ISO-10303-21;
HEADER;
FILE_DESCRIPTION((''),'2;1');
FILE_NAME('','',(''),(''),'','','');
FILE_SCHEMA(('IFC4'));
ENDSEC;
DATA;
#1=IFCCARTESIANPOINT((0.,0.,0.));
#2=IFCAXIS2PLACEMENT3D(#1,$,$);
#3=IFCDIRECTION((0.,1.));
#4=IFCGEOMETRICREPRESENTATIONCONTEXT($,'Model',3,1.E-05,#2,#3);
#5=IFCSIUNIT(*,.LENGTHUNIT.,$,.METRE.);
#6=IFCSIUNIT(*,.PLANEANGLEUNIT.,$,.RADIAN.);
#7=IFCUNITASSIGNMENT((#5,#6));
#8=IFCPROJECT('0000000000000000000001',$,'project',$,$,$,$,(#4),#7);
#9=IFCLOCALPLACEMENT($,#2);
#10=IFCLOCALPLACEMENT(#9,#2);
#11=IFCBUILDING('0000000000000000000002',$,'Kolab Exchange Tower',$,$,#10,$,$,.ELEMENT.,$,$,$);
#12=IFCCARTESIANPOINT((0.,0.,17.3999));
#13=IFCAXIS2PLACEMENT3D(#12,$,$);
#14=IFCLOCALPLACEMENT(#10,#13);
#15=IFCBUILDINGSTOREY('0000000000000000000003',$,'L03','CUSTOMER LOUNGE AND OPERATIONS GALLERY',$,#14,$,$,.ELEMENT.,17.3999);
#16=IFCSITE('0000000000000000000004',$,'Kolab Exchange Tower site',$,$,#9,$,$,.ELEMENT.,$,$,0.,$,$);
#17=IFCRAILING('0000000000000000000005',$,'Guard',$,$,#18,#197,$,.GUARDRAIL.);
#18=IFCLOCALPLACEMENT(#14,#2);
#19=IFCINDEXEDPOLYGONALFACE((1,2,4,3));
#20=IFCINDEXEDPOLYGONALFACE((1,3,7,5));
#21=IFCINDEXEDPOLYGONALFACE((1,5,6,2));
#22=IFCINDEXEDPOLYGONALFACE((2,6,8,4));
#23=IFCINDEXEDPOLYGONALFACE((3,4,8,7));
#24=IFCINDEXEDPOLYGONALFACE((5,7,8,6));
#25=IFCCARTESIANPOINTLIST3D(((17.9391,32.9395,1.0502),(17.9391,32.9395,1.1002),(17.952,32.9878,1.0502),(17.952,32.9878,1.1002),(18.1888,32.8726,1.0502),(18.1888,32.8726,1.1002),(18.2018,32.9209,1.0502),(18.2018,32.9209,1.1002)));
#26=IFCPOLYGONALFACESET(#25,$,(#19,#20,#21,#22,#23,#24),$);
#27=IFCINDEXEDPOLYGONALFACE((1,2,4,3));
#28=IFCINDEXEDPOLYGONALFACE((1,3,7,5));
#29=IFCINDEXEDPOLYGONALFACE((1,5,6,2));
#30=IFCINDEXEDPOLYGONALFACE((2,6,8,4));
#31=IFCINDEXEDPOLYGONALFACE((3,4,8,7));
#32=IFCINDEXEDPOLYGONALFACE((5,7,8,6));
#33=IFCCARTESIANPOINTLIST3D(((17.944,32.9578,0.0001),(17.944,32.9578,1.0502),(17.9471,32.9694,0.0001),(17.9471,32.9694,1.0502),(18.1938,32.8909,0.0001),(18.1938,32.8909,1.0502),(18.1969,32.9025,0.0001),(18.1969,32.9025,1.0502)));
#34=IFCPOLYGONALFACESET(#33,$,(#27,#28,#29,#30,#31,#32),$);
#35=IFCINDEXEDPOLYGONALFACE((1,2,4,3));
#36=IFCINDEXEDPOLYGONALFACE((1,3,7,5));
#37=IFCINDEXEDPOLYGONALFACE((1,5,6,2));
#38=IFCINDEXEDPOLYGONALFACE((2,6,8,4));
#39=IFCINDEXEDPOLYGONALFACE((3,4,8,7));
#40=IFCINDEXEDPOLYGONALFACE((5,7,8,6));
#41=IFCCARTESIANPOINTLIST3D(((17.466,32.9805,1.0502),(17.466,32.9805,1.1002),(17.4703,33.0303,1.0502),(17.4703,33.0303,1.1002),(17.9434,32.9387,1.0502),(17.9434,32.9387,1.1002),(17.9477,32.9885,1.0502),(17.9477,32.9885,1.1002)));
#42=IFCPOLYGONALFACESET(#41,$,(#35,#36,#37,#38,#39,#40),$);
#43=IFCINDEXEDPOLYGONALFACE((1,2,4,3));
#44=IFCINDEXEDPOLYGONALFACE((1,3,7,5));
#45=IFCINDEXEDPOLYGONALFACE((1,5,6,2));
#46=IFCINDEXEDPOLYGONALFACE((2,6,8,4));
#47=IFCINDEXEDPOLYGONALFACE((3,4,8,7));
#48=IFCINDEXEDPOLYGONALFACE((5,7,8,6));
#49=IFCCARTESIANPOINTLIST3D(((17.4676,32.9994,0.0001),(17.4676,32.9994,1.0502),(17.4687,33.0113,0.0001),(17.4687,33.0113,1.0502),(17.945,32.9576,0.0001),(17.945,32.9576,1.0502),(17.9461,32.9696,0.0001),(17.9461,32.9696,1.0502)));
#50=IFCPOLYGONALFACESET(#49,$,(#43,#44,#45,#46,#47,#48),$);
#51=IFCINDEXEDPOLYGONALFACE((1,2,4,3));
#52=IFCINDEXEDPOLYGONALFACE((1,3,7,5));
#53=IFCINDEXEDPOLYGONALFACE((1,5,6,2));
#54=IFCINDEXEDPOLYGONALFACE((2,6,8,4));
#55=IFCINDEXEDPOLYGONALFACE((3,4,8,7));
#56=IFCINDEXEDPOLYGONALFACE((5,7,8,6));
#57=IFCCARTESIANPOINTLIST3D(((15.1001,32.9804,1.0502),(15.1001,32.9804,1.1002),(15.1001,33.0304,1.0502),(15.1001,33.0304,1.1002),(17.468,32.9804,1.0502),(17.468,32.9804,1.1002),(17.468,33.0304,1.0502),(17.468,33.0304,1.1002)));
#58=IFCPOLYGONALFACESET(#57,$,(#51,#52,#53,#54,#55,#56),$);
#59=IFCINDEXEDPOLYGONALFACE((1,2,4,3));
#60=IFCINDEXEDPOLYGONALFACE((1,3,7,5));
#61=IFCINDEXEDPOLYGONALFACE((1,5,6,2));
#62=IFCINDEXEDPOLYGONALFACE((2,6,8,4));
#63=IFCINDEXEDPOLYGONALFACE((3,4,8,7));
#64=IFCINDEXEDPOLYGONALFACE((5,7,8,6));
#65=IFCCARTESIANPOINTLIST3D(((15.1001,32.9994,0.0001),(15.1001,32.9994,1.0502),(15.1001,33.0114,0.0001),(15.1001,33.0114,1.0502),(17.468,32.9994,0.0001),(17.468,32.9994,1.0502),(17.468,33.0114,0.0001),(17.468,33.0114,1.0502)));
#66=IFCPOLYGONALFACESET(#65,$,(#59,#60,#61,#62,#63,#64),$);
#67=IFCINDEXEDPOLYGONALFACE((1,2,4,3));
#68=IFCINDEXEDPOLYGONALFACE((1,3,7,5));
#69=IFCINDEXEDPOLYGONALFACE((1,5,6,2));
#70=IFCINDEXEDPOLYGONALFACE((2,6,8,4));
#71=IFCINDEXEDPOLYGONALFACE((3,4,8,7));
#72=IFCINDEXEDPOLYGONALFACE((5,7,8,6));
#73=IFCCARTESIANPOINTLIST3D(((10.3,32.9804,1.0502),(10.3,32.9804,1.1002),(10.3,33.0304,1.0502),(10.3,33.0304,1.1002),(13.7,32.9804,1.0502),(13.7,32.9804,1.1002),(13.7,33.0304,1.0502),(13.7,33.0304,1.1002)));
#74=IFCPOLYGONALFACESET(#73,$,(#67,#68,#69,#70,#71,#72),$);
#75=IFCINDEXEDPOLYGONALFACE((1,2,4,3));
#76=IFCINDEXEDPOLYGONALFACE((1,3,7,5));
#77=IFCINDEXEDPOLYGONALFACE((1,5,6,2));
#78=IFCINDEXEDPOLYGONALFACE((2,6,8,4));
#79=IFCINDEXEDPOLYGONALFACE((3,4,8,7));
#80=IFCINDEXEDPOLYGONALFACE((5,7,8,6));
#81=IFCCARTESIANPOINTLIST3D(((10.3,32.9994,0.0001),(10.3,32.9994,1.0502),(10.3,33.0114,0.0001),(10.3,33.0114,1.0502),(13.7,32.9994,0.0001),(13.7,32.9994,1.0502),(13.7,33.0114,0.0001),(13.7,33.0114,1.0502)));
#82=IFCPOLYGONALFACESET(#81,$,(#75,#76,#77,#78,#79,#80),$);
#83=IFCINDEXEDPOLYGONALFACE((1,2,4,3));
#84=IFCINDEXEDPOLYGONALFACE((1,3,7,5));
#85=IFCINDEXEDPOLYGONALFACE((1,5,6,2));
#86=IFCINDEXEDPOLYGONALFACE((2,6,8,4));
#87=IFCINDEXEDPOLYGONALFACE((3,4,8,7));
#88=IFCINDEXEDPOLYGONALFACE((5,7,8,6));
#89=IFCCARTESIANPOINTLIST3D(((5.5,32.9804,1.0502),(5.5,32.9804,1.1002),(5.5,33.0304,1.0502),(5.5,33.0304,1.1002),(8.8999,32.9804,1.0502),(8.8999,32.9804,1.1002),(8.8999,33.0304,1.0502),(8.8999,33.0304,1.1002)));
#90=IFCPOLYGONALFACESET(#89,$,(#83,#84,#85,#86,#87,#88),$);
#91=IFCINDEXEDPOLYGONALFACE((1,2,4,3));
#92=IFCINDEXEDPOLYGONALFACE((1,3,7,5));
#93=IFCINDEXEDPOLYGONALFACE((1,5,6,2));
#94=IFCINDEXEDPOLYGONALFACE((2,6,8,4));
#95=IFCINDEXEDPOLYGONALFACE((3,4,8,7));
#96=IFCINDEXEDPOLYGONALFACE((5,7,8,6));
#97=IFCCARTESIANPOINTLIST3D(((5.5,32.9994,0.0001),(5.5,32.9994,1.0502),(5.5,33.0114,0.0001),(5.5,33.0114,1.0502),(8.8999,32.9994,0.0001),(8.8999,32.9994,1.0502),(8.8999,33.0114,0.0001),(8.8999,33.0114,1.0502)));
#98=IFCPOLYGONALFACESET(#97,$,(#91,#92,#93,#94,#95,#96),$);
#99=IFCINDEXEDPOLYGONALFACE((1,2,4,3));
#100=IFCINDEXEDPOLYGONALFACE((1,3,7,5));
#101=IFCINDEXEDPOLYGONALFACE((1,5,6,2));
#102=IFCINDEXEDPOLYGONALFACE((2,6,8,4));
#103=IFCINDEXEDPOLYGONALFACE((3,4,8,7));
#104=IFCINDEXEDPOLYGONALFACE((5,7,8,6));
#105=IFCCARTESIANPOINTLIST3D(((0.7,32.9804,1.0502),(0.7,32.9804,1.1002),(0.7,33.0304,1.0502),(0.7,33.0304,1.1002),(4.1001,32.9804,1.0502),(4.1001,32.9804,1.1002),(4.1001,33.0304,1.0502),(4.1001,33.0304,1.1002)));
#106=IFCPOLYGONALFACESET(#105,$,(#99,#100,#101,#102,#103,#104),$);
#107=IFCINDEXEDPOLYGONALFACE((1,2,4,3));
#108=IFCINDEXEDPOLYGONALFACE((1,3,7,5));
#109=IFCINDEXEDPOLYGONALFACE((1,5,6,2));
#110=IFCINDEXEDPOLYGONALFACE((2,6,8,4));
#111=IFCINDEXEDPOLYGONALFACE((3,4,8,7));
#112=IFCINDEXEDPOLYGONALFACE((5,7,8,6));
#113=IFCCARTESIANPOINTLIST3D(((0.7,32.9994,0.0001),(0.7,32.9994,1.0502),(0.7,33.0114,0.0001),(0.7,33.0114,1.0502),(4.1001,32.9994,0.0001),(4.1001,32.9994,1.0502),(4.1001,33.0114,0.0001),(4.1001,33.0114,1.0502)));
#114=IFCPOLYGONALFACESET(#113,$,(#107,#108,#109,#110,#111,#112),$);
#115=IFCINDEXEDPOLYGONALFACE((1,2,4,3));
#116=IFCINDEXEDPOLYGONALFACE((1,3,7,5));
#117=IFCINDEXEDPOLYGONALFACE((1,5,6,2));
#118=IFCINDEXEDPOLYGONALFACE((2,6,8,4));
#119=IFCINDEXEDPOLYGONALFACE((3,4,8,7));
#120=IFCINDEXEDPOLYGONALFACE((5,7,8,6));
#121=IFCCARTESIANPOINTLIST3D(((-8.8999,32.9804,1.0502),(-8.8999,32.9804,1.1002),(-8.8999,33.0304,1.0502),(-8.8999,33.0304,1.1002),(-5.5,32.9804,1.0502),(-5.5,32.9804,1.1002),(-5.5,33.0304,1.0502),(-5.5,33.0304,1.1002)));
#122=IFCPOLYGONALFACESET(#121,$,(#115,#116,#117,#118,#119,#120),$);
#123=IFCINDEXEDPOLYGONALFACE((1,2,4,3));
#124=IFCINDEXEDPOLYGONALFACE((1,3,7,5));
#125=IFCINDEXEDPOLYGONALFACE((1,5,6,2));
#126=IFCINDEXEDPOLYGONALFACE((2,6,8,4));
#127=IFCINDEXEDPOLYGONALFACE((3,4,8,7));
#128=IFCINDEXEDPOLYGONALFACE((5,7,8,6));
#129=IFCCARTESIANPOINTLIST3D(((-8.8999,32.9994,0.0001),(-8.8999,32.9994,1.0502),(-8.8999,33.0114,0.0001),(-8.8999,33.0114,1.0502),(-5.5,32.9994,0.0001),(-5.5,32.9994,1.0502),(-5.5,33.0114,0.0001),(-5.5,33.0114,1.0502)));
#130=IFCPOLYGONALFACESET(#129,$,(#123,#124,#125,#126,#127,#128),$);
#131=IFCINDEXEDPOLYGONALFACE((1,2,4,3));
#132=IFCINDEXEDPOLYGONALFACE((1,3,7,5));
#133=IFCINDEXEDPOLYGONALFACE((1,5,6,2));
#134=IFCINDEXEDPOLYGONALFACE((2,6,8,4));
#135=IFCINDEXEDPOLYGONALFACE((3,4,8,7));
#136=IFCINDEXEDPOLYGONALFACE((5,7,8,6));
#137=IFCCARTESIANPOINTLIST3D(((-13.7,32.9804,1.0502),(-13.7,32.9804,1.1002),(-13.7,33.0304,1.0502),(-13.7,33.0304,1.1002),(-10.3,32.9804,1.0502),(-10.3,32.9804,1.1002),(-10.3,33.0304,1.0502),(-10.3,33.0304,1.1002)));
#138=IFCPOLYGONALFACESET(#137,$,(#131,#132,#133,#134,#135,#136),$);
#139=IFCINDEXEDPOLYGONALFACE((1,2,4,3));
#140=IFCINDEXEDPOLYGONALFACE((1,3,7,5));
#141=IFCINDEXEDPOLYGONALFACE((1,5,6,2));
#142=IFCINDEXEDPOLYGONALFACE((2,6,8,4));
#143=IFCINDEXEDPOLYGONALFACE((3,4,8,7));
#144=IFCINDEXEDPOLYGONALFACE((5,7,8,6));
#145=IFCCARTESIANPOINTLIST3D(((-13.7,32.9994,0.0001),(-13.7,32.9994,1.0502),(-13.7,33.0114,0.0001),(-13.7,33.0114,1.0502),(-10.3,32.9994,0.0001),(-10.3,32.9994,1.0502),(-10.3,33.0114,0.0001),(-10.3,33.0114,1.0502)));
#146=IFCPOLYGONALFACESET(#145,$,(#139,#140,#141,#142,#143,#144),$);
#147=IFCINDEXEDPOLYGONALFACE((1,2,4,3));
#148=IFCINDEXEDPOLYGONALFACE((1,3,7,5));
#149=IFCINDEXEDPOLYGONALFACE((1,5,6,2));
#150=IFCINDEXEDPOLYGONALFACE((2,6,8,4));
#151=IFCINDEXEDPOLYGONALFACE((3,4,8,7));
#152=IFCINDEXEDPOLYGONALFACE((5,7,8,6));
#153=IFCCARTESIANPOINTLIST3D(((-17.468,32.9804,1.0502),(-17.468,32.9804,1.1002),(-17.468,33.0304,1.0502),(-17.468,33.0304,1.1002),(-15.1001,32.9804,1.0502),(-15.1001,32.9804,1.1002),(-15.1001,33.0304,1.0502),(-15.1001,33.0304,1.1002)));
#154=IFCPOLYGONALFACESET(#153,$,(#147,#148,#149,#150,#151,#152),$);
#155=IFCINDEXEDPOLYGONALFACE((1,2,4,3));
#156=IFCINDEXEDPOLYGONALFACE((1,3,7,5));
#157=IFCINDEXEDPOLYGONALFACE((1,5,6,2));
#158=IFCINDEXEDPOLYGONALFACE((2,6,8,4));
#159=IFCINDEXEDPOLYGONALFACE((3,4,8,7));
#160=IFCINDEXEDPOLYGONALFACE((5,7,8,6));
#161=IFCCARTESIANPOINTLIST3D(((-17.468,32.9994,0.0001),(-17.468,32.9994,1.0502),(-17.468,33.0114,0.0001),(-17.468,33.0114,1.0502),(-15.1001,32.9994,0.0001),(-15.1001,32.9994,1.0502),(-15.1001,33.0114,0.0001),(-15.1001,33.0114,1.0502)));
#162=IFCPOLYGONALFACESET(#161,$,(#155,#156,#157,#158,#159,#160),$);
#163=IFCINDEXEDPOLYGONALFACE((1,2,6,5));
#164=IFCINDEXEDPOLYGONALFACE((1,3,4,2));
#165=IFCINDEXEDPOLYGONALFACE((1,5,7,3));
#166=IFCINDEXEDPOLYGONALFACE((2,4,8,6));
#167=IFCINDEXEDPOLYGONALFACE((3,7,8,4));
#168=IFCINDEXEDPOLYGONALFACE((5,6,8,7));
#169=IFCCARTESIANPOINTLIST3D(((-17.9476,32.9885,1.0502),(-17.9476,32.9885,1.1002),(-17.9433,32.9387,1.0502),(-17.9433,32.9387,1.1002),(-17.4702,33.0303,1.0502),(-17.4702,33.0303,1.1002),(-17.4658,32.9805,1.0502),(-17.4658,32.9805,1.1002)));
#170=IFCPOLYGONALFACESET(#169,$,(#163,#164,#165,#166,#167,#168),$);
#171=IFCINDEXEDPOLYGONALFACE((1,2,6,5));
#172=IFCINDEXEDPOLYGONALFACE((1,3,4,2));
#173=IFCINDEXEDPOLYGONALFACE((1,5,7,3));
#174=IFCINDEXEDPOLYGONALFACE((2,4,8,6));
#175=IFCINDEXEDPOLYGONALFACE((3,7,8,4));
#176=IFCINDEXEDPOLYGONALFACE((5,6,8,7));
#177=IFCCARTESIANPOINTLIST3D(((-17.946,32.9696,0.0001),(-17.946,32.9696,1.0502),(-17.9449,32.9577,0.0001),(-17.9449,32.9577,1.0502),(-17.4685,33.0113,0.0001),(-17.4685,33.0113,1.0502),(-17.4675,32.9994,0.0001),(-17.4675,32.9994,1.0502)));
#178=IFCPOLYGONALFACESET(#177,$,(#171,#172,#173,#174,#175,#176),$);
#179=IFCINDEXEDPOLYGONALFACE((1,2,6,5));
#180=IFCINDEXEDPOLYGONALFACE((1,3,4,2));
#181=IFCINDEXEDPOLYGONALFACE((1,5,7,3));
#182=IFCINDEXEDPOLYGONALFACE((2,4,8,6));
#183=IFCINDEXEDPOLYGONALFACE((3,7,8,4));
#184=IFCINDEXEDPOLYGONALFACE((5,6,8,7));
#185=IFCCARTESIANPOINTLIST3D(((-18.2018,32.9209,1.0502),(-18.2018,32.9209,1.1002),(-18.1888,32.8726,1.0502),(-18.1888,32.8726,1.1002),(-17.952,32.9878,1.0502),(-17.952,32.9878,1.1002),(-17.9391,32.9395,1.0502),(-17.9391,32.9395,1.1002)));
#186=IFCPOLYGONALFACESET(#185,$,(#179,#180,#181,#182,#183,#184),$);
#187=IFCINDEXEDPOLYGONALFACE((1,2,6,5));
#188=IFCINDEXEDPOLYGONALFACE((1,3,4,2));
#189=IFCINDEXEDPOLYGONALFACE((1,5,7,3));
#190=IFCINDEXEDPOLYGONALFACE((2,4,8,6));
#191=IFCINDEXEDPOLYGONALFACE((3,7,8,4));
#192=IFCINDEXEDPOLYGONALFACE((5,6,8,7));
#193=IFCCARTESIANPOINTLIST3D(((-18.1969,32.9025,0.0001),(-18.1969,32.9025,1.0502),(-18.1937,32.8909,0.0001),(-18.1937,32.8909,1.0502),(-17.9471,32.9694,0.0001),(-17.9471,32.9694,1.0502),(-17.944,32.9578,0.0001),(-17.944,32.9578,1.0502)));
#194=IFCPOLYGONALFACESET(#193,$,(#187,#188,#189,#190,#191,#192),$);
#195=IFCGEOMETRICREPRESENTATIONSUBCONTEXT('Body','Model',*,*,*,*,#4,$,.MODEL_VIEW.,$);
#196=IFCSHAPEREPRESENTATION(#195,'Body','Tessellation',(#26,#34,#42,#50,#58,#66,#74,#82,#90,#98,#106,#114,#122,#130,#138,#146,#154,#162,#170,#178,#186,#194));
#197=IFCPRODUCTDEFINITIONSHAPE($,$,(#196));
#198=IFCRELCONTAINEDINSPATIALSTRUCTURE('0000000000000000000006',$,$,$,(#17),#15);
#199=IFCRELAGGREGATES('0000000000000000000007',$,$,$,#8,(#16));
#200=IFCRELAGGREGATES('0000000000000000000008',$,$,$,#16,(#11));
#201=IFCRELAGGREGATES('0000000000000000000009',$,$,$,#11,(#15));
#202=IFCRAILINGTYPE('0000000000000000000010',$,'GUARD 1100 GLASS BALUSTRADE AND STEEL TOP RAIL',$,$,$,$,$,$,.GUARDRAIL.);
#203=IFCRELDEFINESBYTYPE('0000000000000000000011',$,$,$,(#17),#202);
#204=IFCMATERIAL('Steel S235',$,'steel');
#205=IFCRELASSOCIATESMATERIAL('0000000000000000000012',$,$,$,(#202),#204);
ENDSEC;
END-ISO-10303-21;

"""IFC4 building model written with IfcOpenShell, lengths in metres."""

from ifc_helpers import new_model, si_unit, direction, frame, frame_2d, origin, origin_2d, place, context, subcontext, project, spatial, rectangle, extrude, material, type_object, element, save


model = new_model("IFC4")

# Units and contexts
model_context = context("Model", 3, precision=1e-05, world=origin(), true_north=direction((0.0, 1.0)))
body_context = subcontext(model_context, "Body", "Model", "MODEL_VIEW")
ifc_project = project(units=[si_unit("LENGTHUNIT", "METRE"), si_unit("PLANEANGLEUNIT", "RADIAN")], contexts=[model_context])

# Site, building, storey
site_placement = place(None, origin())
site = spatial("IfcSite", under=ifc_project, at=site_placement, Name="Kolab Exchange Tower site", CompositionType="ELEMENT", RefElevation=0.0)
building_placement = place(site_placement, origin())
building = spatial("IfcBuilding", under=site, at=building_placement, Name="Kolab Exchange Tower", CompositionType="ELEMENT")
storey_placement = place(building_placement, frame((0.0, 0.0, 17.3999)))
storey = spatial("IfcBuildingStorey", under=building, at=storey_placement, Name="L03", Description="CUSTOMER LOUNGE AND OPERATIONS GALLERY", CompositionType="ELEMENT", Elevation=17.3999)

# Railing
ifc_material_1 = material(Name="Steel S235", Category="steel")
railing_type = type_object("IfcRailingType", Name="GUARD 1100 GLASS BALUSTRADE AND STEEL TOP RAIL", PredefinedType="GUARDRAIL", material=ifc_material_1)
railing_placement = place(storey_placement, frame((18.1953, 32.8967, 0.0)))
element("IfcRailing", 1, at=railing_placement, inside=storey, type_object=railing_type, Name="Guard", PredefinedType="GUARDRAIL", context=body_context, shape_type="SweptSolid", body=[
    extrude(rectangle(XDim=0.05, YDim=0.05, at=origin_2d()), frame((0.0, 0.0, 1.0752), z_axis=(-0.965952, 0.25872, 0.0), x_axis=(-0.25872, -0.965952, 0.0)), (0.0, 0.0, 1.0), 0.2585),
    extrude(rectangle(XDim=0.012, YDim=1.0501, at=frame_2d((0.0, 0.5251))), frame((0.0, 0.0, 0.0), z_axis=(-0.965952, 0.25872, 0.0), x_axis=(-0.25872, -0.965952, 0.0)), (0.0, 0.0, 1.0), 0.2585),
    extrude(rectangle(XDim=0.05, YDim=0.05, at=origin_2d()), frame((-0.2498, 0.0669, 1.0752), z_axis=(-0.9962, 0.087091, 0.0), x_axis=(-0.087091, -0.9962, 0.0)), (0.0, 0.0, 1.0), 0.4792),
    extrude(rectangle(XDim=0.012, YDim=1.0501, at=frame_2d((0.0, 0.5251))), frame((-0.2498, 0.0669, 0.0), z_axis=(-0.9962, 0.087091, 0.0), x_axis=(-0.087091, -0.9962, 0.0)), (0.0, 0.0, 1.0), 0.4792),
    extrude(rectangle(XDim=0.05, YDim=0.05, at=origin_2d()), frame((-0.7273, 0.1086, 1.0752), z_axis=(-1.0, 0.0, 0.0), x_axis=(0.0, -1.0, 0.0)), (0.0, 0.0, 1.0), 2.3679),
    extrude(rectangle(XDim=0.012, YDim=1.0501, at=frame_2d((0.0, 0.5251))), frame((-0.7273, 0.1086, 0.0), z_axis=(-1.0, 0.0, 0.0), x_axis=(0.0, -1.0, 0.0)), (0.0, 0.0, 1.0), 2.3679),
    extrude(rectangle(XDim=0.05, YDim=0.05, at=origin_2d()), frame((-4.4954, 0.1086, 1.0752), z_axis=(-1.0, 0.0, 0.0), x_axis=(0.0, -1.0, 0.0)), (0.0, 0.0, 1.0), 3.3999),
    extrude(rectangle(XDim=0.012, YDim=1.0501, at=frame_2d((0.0, 0.5251))), frame((-4.4954, 0.1086, 0.0), z_axis=(-1.0, 0.0, 0.0), x_axis=(0.0, -1.0, 0.0)), (0.0, 0.0, 1.0), 3.3999),
    extrude(rectangle(XDim=0.05, YDim=0.05, at=origin_2d()), frame((-9.2954, 0.1086, 1.0752), z_axis=(-1.0, 0.0, 0.0), x_axis=(0.0, -1.0, 0.0)), (0.0, 0.0, 1.0), 3.3999),
    extrude(rectangle(XDim=0.012, YDim=1.0501, at=frame_2d((0.0, 0.5251))), frame((-9.2954, 0.1086, 0.0), z_axis=(-1.0, 0.0, 0.0), x_axis=(0.0, -1.0, 0.0)), (0.0, 0.0, 1.0), 3.3999),
    extrude(rectangle(XDim=0.05, YDim=0.05, at=origin_2d()), frame((-14.0952, 0.1086, 1.0752), z_axis=(-1.0, 0.0, 0.0), x_axis=(0.0, -1.0, 0.0)), (0.0, 0.0, 1.0), 3.4001),
    extrude(rectangle(XDim=0.012, YDim=1.0501, at=frame_2d((0.0, 0.5251))), frame((-14.0952, 0.1086, 0.0), z_axis=(-1.0, 0.0, 0.0), x_axis=(0.0, -1.0, 0.0)), (0.0, 0.0, 1.0), 3.4001),
    extrude(rectangle(XDim=0.05, YDim=0.05, at=origin_2d()), frame((-23.6953, 0.1086, 1.0752), z_axis=(-1.0, 0.0, 0.0), x_axis=(0.0, -1.0, 0.0)), (0.0, 0.0, 1.0), 3.3999),
    extrude(rectangle(XDim=0.012, YDim=1.0501, at=frame_2d((0.0, 0.5251))), frame((-23.6953, 0.1086, 0.0), z_axis=(-1.0, 0.0, 0.0), x_axis=(0.0, -1.0, 0.0)), (0.0, 0.0, 1.0), 3.3999),
    extrude(rectangle(XDim=0.05, YDim=0.05, at=origin_2d()), frame((-28.4954, 0.1086, 1.0752), z_axis=(-1.0, 0.0, 0.0), x_axis=(0.0, -1.0, 0.0)), (0.0, 0.0, 1.0), 3.3999),
    extrude(rectangle(XDim=0.012, YDim=1.0501, at=frame_2d((0.0, 0.5251))), frame((-28.4954, 0.1086, 0.0), z_axis=(-1.0, 0.0, 0.0), x_axis=(0.0, -1.0, 0.0)), (0.0, 0.0, 1.0), 3.3999),
    extrude(rectangle(XDim=0.05, YDim=0.05, at=origin_2d()), frame((-33.2954, 0.1086, 1.0752), z_axis=(-1.0, 0.0, 0.0), x_axis=(0.0, -1.0, 0.0)), (0.0, 0.0, 1.0), 2.3679),
    extrude(rectangle(XDim=0.012, YDim=1.0501, at=frame_2d((0.0, 0.5251))), frame((-33.2954, 0.1086, 0.0), z_axis=(-1.0, 0.0, 0.0), x_axis=(0.0, -1.0, 0.0)), (0.0, 0.0, 1.0), 2.3679),
    extrude(rectangle(XDim=0.05, YDim=0.05, at=origin_2d()), frame((-35.6633, 0.1086, 1.0752), z_axis=(-0.9962, -0.087091, 0.0), x_axis=(0.087091, -0.9962, 0.0)), (0.0, 0.0, 1.0), 0.4792),
    extrude(rectangle(XDim=0.012, YDim=1.0501, at=frame_2d((0.0, 0.5251))), frame((-35.6633, 0.1086, 0.0), z_axis=(-0.9962, -0.087091, 0.0), x_axis=(0.087091, -0.9962, 0.0)), (0.0, 0.0, 1.0), 0.4792),
    extrude(rectangle(XDim=0.05, YDim=0.05, at=origin_2d()), frame((-36.1409, 0.0669, 1.0752), z_axis=(-0.965952, -0.25872, 0.0), x_axis=(0.25872, -0.965952, 0.0)), (0.0, 0.0, 1.0), 0.2585),
    extrude(rectangle(XDim=0.012, YDim=1.0501, at=frame_2d((0.0, 0.5251))), frame((-36.1409, 0.0669, 0.0), z_axis=(-0.965952, -0.25872, 0.0), x_axis=(0.25872, -0.965952, 0.0)), (0.0, 0.0, 1.0), 0.2585),
])

save(model, "model.ifc")
